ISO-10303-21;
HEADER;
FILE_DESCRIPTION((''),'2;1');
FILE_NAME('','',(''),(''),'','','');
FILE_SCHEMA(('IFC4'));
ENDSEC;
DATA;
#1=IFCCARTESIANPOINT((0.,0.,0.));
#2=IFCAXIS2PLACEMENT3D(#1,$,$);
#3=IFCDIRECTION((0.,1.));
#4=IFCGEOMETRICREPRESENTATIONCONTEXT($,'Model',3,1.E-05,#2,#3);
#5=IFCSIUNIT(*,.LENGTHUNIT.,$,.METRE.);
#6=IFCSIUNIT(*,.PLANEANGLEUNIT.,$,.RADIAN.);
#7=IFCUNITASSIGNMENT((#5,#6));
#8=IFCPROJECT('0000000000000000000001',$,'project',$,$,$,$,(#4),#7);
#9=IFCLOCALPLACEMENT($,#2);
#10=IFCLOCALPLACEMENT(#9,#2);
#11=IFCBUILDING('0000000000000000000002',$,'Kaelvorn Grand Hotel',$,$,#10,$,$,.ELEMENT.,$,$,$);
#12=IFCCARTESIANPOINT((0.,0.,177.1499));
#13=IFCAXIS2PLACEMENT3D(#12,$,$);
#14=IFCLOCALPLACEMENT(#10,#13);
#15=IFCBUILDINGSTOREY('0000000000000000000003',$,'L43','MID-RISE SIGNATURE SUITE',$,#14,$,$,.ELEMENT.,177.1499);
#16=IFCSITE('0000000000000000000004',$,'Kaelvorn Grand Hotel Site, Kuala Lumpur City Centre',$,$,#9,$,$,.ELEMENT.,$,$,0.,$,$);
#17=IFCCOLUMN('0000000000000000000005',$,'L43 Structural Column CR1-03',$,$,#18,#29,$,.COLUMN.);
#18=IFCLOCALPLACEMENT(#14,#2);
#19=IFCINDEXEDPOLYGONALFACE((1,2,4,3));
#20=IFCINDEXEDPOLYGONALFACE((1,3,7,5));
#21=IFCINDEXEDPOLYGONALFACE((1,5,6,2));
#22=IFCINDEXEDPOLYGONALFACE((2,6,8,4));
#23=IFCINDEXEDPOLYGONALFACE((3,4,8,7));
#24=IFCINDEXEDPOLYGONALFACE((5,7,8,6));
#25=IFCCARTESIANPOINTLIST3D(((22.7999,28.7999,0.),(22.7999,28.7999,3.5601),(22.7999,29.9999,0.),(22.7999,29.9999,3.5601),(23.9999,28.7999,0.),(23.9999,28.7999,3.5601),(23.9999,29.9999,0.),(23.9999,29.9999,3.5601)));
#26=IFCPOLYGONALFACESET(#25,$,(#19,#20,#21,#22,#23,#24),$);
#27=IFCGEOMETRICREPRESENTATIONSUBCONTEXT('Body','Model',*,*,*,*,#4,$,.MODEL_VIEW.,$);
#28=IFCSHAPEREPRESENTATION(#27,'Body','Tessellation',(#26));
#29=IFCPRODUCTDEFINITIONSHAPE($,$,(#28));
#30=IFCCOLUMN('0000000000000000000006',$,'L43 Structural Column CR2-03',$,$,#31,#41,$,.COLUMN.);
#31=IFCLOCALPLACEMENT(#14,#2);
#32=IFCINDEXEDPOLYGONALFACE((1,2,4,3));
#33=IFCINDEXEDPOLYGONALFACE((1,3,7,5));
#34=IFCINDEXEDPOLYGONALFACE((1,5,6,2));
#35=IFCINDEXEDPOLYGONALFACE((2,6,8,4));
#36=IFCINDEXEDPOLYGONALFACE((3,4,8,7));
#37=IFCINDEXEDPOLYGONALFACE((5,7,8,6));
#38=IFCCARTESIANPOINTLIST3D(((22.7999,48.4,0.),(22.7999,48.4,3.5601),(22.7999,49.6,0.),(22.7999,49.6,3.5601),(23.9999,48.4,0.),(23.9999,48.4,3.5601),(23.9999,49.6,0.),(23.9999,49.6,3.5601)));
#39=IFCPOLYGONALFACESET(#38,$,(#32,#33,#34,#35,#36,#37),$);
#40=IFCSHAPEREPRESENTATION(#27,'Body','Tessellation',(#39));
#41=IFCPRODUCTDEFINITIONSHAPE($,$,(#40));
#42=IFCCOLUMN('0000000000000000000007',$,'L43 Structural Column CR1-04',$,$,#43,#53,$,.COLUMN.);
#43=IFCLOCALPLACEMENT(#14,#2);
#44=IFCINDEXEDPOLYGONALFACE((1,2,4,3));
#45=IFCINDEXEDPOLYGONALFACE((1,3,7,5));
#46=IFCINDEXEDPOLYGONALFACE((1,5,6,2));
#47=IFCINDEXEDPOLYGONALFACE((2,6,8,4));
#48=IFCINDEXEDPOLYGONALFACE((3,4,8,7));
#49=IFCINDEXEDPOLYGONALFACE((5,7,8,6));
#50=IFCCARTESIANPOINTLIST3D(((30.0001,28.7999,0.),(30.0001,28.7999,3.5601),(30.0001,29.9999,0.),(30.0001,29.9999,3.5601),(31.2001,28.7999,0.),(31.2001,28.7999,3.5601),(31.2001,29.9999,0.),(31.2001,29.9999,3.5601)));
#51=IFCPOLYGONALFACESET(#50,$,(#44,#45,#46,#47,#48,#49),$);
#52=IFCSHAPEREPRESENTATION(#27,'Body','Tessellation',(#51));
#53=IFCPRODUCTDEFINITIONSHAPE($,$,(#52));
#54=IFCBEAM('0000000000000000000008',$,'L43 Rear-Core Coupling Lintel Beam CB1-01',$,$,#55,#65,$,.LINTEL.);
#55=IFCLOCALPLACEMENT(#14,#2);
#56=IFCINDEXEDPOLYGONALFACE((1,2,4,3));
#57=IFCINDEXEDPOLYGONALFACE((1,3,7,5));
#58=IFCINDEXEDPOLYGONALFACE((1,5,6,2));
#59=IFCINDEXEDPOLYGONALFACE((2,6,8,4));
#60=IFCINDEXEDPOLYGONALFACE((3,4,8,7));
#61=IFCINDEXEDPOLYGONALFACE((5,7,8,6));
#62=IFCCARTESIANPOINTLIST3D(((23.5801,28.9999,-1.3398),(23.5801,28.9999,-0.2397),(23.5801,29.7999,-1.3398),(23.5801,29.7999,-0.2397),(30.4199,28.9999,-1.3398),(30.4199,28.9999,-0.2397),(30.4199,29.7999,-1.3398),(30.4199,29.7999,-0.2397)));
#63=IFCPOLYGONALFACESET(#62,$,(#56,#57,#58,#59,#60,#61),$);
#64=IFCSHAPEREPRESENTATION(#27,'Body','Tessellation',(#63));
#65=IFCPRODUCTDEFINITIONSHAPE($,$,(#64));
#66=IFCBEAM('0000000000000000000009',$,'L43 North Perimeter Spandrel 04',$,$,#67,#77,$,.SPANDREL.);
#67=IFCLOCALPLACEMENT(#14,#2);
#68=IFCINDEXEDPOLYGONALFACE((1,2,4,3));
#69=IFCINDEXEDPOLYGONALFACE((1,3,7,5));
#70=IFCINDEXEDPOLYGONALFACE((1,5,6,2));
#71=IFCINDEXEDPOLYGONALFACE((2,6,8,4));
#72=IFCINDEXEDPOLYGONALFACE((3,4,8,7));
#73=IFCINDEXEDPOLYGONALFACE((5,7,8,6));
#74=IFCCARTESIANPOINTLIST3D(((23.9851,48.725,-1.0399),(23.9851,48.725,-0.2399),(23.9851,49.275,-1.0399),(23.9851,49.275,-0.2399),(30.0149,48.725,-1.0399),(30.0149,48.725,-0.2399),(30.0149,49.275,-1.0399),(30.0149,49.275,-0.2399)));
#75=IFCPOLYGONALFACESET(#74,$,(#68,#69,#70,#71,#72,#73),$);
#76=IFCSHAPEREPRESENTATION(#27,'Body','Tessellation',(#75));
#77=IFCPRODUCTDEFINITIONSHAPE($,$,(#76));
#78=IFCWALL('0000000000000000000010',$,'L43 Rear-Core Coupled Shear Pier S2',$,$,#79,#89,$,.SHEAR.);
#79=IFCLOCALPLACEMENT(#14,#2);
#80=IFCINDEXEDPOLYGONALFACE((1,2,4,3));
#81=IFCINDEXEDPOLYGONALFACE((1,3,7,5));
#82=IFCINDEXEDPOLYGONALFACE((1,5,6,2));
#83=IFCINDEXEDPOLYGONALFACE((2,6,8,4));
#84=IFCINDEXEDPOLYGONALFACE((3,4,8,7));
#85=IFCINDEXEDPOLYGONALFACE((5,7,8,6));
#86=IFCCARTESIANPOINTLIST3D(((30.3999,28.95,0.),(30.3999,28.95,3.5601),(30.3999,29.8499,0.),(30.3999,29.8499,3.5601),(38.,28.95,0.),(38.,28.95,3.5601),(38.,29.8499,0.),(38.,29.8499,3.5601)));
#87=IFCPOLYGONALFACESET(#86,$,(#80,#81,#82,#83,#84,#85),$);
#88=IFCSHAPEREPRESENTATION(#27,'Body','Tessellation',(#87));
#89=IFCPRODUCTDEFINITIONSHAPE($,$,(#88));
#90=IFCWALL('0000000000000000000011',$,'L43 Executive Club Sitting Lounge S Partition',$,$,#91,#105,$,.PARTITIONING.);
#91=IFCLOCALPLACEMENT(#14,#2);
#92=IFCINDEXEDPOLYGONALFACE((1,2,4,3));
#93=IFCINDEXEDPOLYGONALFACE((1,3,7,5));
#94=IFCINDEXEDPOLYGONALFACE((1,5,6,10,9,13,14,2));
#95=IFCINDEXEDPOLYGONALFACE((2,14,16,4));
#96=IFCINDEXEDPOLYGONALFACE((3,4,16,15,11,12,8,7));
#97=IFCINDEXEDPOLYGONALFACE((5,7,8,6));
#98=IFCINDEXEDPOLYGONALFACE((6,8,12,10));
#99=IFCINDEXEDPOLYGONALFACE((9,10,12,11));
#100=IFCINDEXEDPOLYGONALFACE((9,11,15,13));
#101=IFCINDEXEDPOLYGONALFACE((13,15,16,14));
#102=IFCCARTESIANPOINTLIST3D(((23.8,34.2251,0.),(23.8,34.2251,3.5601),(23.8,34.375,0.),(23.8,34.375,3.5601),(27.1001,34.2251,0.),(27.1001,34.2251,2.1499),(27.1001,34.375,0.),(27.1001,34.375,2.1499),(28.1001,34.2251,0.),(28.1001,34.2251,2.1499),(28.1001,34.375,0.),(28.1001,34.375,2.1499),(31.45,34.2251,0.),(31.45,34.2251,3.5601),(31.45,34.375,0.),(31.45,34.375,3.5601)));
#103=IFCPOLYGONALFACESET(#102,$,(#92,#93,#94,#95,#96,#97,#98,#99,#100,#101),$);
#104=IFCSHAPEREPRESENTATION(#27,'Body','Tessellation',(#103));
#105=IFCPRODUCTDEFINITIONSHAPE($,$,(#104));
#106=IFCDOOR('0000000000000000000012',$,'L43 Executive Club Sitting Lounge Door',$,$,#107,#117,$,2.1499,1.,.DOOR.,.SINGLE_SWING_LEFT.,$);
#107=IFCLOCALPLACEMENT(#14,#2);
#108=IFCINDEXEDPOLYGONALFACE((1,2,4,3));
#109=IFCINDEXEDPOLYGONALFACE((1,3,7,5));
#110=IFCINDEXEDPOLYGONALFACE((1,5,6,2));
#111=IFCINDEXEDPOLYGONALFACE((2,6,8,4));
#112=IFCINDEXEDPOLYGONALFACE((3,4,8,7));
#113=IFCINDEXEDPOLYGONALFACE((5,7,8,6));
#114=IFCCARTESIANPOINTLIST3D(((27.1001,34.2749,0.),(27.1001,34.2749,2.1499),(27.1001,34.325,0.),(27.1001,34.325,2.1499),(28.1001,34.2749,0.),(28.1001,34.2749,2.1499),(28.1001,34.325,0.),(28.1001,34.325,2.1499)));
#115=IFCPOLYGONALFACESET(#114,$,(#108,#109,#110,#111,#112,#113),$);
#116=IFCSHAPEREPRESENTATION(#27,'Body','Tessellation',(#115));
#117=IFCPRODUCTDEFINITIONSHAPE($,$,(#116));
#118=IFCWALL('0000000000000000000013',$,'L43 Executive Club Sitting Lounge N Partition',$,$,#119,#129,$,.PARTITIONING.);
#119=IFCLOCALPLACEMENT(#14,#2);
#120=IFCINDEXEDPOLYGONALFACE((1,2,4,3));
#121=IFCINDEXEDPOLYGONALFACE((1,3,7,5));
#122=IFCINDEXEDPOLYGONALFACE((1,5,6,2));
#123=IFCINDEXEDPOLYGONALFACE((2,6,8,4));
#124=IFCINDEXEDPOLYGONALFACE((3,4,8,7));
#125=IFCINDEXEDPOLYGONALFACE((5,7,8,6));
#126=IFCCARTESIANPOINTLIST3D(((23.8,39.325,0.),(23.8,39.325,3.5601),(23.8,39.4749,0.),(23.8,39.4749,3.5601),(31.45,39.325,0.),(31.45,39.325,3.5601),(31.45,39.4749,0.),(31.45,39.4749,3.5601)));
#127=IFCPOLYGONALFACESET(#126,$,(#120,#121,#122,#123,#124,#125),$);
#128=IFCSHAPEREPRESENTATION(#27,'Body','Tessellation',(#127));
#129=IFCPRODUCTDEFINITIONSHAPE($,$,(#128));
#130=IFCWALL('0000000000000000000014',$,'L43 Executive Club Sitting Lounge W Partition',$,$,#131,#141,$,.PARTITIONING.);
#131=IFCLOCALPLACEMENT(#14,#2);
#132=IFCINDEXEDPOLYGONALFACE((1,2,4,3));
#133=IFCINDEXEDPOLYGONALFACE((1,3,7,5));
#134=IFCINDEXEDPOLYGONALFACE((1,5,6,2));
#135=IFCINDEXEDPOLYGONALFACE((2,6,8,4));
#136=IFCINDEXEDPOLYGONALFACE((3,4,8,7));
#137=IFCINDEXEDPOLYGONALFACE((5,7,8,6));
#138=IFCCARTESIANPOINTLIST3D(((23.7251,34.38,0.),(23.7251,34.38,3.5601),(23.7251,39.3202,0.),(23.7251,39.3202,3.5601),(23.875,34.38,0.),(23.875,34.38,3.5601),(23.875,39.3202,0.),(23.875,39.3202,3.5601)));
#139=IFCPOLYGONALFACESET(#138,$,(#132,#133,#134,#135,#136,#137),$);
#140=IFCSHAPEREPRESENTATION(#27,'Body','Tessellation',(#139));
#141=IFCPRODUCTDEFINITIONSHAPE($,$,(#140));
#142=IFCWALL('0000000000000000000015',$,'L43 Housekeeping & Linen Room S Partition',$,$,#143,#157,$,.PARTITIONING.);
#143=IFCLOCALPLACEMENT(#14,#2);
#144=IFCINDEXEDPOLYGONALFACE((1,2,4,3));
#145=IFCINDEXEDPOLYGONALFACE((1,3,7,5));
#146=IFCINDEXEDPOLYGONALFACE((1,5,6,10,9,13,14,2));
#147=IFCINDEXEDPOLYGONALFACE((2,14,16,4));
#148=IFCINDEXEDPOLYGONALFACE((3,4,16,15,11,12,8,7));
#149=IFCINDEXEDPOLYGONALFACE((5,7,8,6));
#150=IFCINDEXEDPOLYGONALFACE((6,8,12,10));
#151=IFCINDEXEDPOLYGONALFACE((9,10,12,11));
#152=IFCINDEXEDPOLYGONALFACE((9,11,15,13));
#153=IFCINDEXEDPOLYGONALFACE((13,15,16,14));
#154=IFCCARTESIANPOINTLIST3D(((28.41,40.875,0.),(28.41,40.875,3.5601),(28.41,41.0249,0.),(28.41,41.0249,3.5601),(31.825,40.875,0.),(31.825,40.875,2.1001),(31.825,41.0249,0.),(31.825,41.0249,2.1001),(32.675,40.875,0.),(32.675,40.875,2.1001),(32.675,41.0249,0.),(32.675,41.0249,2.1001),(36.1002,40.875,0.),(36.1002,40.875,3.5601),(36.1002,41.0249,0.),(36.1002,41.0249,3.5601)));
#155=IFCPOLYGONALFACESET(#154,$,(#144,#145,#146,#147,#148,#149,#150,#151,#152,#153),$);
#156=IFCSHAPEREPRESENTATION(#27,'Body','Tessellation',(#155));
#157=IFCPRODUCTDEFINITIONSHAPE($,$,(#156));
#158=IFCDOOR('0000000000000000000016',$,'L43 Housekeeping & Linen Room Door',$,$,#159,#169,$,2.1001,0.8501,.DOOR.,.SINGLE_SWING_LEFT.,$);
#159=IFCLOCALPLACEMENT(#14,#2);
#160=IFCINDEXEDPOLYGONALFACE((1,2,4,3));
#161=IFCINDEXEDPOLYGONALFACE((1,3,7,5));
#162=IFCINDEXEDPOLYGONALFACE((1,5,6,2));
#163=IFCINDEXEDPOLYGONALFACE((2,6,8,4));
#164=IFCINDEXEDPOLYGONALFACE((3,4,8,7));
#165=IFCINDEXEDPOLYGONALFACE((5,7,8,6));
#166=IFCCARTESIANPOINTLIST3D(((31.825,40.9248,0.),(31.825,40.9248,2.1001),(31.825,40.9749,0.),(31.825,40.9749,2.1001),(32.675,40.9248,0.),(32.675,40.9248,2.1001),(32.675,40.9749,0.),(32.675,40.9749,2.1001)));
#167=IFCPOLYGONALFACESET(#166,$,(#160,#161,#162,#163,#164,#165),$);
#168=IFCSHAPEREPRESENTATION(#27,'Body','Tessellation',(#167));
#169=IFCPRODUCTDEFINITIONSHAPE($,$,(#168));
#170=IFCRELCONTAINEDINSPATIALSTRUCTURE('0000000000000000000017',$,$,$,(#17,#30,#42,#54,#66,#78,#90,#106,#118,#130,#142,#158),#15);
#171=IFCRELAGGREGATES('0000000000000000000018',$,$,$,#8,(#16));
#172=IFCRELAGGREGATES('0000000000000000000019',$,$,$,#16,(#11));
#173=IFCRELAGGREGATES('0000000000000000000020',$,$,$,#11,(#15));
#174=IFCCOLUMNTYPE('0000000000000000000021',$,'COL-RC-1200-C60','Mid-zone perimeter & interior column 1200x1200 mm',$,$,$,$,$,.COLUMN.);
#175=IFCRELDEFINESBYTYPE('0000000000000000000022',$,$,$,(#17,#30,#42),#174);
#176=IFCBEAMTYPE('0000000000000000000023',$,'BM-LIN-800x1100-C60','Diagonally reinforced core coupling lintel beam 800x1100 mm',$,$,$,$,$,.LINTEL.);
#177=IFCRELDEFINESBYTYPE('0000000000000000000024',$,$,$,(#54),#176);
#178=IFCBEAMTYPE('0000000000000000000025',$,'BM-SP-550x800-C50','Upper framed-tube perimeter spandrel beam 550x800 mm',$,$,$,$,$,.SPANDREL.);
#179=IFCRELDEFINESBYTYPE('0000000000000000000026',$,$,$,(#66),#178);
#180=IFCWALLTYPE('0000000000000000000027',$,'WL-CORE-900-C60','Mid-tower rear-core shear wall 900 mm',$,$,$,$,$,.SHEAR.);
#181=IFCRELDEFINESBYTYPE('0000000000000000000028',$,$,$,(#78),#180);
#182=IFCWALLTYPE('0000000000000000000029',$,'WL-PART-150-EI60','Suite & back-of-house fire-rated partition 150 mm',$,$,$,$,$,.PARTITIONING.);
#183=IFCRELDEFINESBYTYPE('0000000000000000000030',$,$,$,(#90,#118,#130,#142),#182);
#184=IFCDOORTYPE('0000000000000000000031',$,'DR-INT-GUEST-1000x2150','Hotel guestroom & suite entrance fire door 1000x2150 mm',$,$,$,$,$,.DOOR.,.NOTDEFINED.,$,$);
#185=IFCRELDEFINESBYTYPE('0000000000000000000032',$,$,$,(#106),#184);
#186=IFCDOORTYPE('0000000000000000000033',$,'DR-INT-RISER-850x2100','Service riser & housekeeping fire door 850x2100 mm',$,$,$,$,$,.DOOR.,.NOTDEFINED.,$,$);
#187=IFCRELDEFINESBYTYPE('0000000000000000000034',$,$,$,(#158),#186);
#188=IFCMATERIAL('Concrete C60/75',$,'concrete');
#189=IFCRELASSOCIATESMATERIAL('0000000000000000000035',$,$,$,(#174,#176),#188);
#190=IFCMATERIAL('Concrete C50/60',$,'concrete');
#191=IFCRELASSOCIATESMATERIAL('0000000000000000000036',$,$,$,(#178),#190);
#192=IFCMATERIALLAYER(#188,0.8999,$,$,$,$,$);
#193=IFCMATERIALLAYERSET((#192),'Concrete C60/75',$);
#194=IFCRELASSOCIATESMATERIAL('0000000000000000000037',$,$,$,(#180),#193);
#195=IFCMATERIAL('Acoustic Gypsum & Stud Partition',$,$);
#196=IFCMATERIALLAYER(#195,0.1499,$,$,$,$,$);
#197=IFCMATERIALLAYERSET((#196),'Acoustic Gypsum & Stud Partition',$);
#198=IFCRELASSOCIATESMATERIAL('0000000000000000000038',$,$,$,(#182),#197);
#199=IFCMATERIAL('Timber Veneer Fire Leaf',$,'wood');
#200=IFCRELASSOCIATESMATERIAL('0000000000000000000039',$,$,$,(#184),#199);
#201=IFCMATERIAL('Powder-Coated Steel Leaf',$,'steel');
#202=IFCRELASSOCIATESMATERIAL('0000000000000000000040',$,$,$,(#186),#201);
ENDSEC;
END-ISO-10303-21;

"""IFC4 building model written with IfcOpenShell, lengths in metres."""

from ifc_helpers import new_model, si_unit, direction, frame, frame_2d, origin, origin_2d, place, context, subcontext, project, spatial, rectangle, extrude, material, layer, layer_set, material_profile, profile_set, type_object, element, fill, save


model = new_model("IFC4")

# Units and contexts
model_context = context("Model", 3, precision=1e-05, world=origin(), true_north=direction((0.0, 1.0)))
body_context = subcontext(model_context, "Body", "Model", "MODEL_VIEW")
ifc_project = project(units=[si_unit("LENGTHUNIT", "METRE"), si_unit("PLANEANGLEUNIT", "RADIAN")], contexts=[model_context])

# Site, building, storey
site_placement = place(None, origin())
site = spatial("IfcSite", under=ifc_project, at=site_placement, Name="Kaelvorn Grand Hotel Site, Kuala Lumpur City Centre", CompositionType="ELEMENT", RefElevation=0.0)
building_placement = place(site_placement, origin())
building = spatial("IfcBuilding", under=site, at=building_placement, Name="Kaelvorn Grand Hotel", CompositionType="ELEMENT")
storey_placement = place(building_placement, frame((0.0, 0.0, 177.1499)))
storey = spatial("IfcBuildingStorey", under=building, at=storey_placement, Name="L43", Description="MID-RISE SIGNATURE SUITE", CompositionType="ELEMENT", Elevation=177.1499)

# Columns
ifc_material_1 = material(Name="Concrete C60/75", Category="concrete")
ifc_material_profile_1 = material_profile(ifc_material_1, rectangle(XDim=1.2, YDim=1.2, at=origin_2d()), Name="RC COL 1200x1200")
ifc_profile_set_1 = profile_set([ifc_material_profile_1], Name="Concrete C60/75")
column_type = type_object("IfcColumnType", Name="COL-RC-1200-C60", Description="Mid-zone perimeter & interior column 1200x1200 mm", PredefinedType="COLUMN", material=ifc_profile_set_1)
for number, where, z_axis, x_axis, name in (
    (1, (23.3999, 29.3999, 0.0), (0.0, 0.0, 1.0), (1.0, 0.0, 0.0), "L43 Structural Column CR1-03"),
    (2, (23.3999, 49.0, 0.0), (0.0, 0.0, 1.0), (1.0, 0.0, 0.0), "L43 Structural Column CR2-03"),
    (3, (30.6001, 29.3999, 0.0), (0.0, 0.0, 1.0), (1.0, 0.0, 0.0), "L43 Structural Column CR1-04"),
):
    element("IfcColumn", number, at=place(storey_placement, frame(where, z_axis=z_axis, x_axis=x_axis)), inside=storey, type_object=column_type, Name=name, PredefinedType="COLUMN", context=body_context, shape_type="SweptSolid", body=[
        extrude(rectangle(XDim=1.2, YDim=1.2, at=origin_2d()), origin(), (0.0, 0.0, 1.0), 3.5601),
    ])

# Beams
ifc_material_profile_2 = material_profile(ifc_material_1, rectangle(XDim=0.8, YDim=1.1001, at=origin_2d()), Name="RC LINTEL 800x1100")
ifc_profile_set_2 = profile_set([ifc_material_profile_2], Name="Concrete C60/75")
beam_type_1 = type_object("IfcBeamType", Name="BM-LIN-800x1100-C60", Description="Diagonally reinforced core coupling lintel beam 800x1100 mm", PredefinedType="LINTEL", material=ifc_profile_set_2)
beam_1_placement = place(storey_placement, frame((23.5801, 29.3999, -0.7898), z_axis=(1.0, 0.0, 0.0), x_axis=(0.0, 1.0, 0.0)))
element("IfcBeam", 4, at=beam_1_placement, inside=storey, type_object=beam_type_1, Name="L43 Rear-Core Coupling Lintel Beam CB1-01", PredefinedType="LINTEL", context=body_context, shape_type="SweptSolid", body=[
    extrude(rectangle(XDim=0.8, YDim=1.1001, at=origin_2d()), origin(), (0.0, 0.0, 1.0), 6.8398),
])
ifc_material_2 = material(Name="Concrete C50/60", Category="concrete")
ifc_material_profile_3 = material_profile(ifc_material_2, rectangle(XDim=0.55, YDim=0.8, at=origin_2d()), Name="RC SPANDREL 550x800")
ifc_profile_set_3 = profile_set([ifc_material_profile_3], Name="Concrete C50/60")
beam_type_2 = type_object("IfcBeamType", Name="BM-SP-550x800-C50", Description="Upper framed-tube perimeter spandrel beam 550x800 mm", PredefinedType="SPANDREL", material=ifc_profile_set_3)
beam_2_placement = place(storey_placement, frame((23.9851, 49.0, -0.6399), z_axis=(1.0, 0.0, 0.0), x_axis=(0.0, 1.0, 0.0)))
element("IfcBeam", 5, at=beam_2_placement, inside=storey, type_object=beam_type_2, Name="L43 North Perimeter Spandrel 04", PredefinedType="SPANDREL", context=body_context, shape_type="SweptSolid", body=[
    extrude(rectangle(XDim=0.55, YDim=0.8, at=origin_2d()), origin(), (0.0, 0.0, 1.0), 6.0298),
])

# Wall
ifc_layer_1 = layer(ifc_material_1, 0.8999)
ifc_layer_set_1 = layer_set([ifc_layer_1], Name="Concrete C60/75")
wall_type_1 = type_object("IfcWallType", Name="WL-CORE-900-C60", Description="Mid-tower rear-core shear wall 900 mm", PredefinedType="SHEAR", material=ifc_layer_set_1)
wall_1_placement = place(storey_placement, frame((30.3999, 29.3999, 0.0), z_axis=(0.0, 0.0, 1.0), x_axis=(1.0, 0.0, 0.0)))
element("IfcWall", 6, at=wall_1_placement, inside=storey, type_object=wall_type_1, Name="L43 Rear-Core Coupled Shear Pier S2", PredefinedType="SHEAR", context=body_context, shape_type="SweptSolid", body=[
    extrude(rectangle(XDim=7.6001, YDim=0.8999, at=frame_2d((3.8, 0.0))), origin(), (0.0, 0.0, 1.0), 3.5601),
])

# Wall, opening, door
ifc_material_3 = material(Name="Acoustic Gypsum & Stud Partition")
ifc_layer_2 = layer(ifc_material_3, 0.1499)
ifc_layer_set_2 = layer_set([ifc_layer_2], Name="Acoustic Gypsum & Stud Partition")
wall_type_2 = type_object("IfcWallType", Name="WL-PART-150-EI60", Description="Suite & back-of-house fire-rated partition 150 mm", PredefinedType="PARTITIONING", material=ifc_layer_set_2)
wall_2_placement = place(storey_placement, frame((23.8, 34.3, 0.0), z_axis=(0.0, 0.0, 1.0), x_axis=(1.0, 0.0, 0.0)))
wall_2 = element("IfcWall", 7, at=wall_2_placement, inside=storey, type_object=wall_type_2, Name="L43 Executive Club Sitting Lounge S Partition", PredefinedType="PARTITIONING", context=body_context, shape_type="SweptSolid", body=[
    extrude(rectangle(XDim=7.6499, YDim=0.1499, at=frame_2d((3.825, 0.0))), origin(), (0.0, 0.0, 1.0), 3.5601),
])
opening_1_placement = place(wall_2_placement, frame((3.3, 0.0, 0.0)))
opening_1 = element("IfcOpeningElement", 8, at=opening_1_placement, cuts=wall_2, PredefinedType="OPENING", context=body_context, shape_type="SweptSolid", body=[
    extrude(rectangle(XDim=1.0, YDim=2.1499, at=frame_2d((0.5, 1.075))), frame((0.0, 0.085, 0.0), z_axis=(0.0, -1.0, 0.0), x_axis=(1.0, 0.0, 0.0)), (0.0, 0.0, 1.0), 0.1699),
])
ifc_material_4 = material(Name="Timber Veneer Fire Leaf", Category="wood")
door_type_1 = type_object("IfcDoorType", Name="DR-INT-GUEST-1000x2150", Description="Hotel guestroom & suite entrance fire door 1000x2150 mm", OperationType="NOTDEFINED", PredefinedType="DOOR", material=ifc_material_4)
door_1_placement = place(opening_1_placement, origin())
door_1 = element("IfcDoor", 9, at=door_1_placement, inside=storey, type_object=door_type_1, Name="L43 Executive Club Sitting Lounge Door", OperationType="SINGLE_SWING_LEFT", OverallHeight=2.1499, OverallWidth=1.0, PredefinedType="DOOR", context=body_context, shape_type="SweptSolid", body=[
    extrude(rectangle(XDim=1.0, YDim=2.1499, at=frame_2d((0.5, 1.075))), frame((0.0, 0.0249, 0.0), z_axis=(0.0, -1.0, 0.0), x_axis=(1.0, 0.0, 0.0)), (0.0, 0.0, 1.0), 0.05),
])
fill(opening_1, door_1)

# Walls
wall_3_placement = place(storey_placement, frame((23.8, 39.3999, 0.0), z_axis=(0.0, 0.0, 1.0), x_axis=(1.0, 0.0, 0.0)))
element("IfcWall", 10, at=wall_3_placement, inside=storey, type_object=wall_type_2, Name="L43 Executive Club Sitting Lounge N Partition", PredefinedType="PARTITIONING", context=body_context, shape_type="SweptSolid", body=[
    extrude(rectangle(XDim=7.6499, YDim=0.1499, at=frame_2d((3.825, 0.0))), origin(), (0.0, 0.0, 1.0), 3.5601),
])
wall_4_placement = place(storey_placement, frame((23.8, 34.3799, 0.0), z_axis=(0.0, 0.0, 1.0), x_axis=(0.0, 1.0, 0.0)))
element("IfcWall", 11, at=wall_4_placement, inside=storey, type_object=wall_type_2, Name="L43 Executive Club Sitting Lounge W Partition", PredefinedType="PARTITIONING", context=body_context, shape_type="SweptSolid", body=[
    extrude(rectangle(XDim=4.9402, YDim=0.1499, at=frame_2d((2.4702, 0.0))), origin(), (0.0, 0.0, 1.0), 3.5601),
])

# Wall, opening, door
wall_5_placement = place(storey_placement, frame((28.4099, 40.95, 0.0), z_axis=(0.0, 0.0, 1.0), x_axis=(1.0, 0.0, 0.0)))
wall_5 = element("IfcWall", 12, at=wall_5_placement, inside=storey, type_object=wall_type_2, Name="L43 Housekeeping & Linen Room S Partition", PredefinedType="PARTITIONING", context=body_context, shape_type="SweptSolid", body=[
    extrude(rectangle(XDim=7.6902, YDim=0.1499, at=frame_2d((3.8452, 0.0))), origin(), (0.0, 0.0, 1.0), 3.5601),
])
opening_2_placement = place(wall_5_placement, frame((3.415, 0.0, 0.0)))
opening_2 = element("IfcOpeningElement", 13, at=opening_2_placement, cuts=wall_5, PredefinedType="OPENING", context=body_context, shape_type="SweptSolid", body=[
    extrude(rectangle(XDim=0.8501, YDim=2.1001, at=frame_2d((0.425, 1.05))), frame((0.0, 0.085, 0.0), z_axis=(0.0, -1.0, 0.0), x_axis=(1.0, 0.0, 0.0)), (0.0, 0.0, 1.0), 0.1699),
])
ifc_material_5 = material(Name="Powder-Coated Steel Leaf", Category="steel")
door_type_2 = type_object("IfcDoorType", Name="DR-INT-RISER-850x2100", Description="Service riser & housekeeping fire door 850x2100 mm", OperationType="NOTDEFINED", PredefinedType="DOOR", material=ifc_material_5)
door_2_placement = place(opening_2_placement, origin())
door_2 = element("IfcDoor", 14, at=door_2_placement, inside=storey, type_object=door_type_2, Name="L43 Housekeeping & Linen Room Door", OperationType="SINGLE_SWING_LEFT", OverallHeight=2.1001, OverallWidth=0.8501, PredefinedType="DOOR", context=body_context, shape_type="SweptSolid", body=[
    extrude(rectangle(XDim=0.8501, YDim=2.1001, at=frame_2d((0.425, 1.05))), frame((0.0, 0.0249, 0.0), z_axis=(0.0, -1.0, 0.0), x_axis=(1.0, 0.0, 0.0)), (0.0, 0.0, 1.0), 0.05),
])
fill(opening_2, door_2)

save(model, "model.ifc")
